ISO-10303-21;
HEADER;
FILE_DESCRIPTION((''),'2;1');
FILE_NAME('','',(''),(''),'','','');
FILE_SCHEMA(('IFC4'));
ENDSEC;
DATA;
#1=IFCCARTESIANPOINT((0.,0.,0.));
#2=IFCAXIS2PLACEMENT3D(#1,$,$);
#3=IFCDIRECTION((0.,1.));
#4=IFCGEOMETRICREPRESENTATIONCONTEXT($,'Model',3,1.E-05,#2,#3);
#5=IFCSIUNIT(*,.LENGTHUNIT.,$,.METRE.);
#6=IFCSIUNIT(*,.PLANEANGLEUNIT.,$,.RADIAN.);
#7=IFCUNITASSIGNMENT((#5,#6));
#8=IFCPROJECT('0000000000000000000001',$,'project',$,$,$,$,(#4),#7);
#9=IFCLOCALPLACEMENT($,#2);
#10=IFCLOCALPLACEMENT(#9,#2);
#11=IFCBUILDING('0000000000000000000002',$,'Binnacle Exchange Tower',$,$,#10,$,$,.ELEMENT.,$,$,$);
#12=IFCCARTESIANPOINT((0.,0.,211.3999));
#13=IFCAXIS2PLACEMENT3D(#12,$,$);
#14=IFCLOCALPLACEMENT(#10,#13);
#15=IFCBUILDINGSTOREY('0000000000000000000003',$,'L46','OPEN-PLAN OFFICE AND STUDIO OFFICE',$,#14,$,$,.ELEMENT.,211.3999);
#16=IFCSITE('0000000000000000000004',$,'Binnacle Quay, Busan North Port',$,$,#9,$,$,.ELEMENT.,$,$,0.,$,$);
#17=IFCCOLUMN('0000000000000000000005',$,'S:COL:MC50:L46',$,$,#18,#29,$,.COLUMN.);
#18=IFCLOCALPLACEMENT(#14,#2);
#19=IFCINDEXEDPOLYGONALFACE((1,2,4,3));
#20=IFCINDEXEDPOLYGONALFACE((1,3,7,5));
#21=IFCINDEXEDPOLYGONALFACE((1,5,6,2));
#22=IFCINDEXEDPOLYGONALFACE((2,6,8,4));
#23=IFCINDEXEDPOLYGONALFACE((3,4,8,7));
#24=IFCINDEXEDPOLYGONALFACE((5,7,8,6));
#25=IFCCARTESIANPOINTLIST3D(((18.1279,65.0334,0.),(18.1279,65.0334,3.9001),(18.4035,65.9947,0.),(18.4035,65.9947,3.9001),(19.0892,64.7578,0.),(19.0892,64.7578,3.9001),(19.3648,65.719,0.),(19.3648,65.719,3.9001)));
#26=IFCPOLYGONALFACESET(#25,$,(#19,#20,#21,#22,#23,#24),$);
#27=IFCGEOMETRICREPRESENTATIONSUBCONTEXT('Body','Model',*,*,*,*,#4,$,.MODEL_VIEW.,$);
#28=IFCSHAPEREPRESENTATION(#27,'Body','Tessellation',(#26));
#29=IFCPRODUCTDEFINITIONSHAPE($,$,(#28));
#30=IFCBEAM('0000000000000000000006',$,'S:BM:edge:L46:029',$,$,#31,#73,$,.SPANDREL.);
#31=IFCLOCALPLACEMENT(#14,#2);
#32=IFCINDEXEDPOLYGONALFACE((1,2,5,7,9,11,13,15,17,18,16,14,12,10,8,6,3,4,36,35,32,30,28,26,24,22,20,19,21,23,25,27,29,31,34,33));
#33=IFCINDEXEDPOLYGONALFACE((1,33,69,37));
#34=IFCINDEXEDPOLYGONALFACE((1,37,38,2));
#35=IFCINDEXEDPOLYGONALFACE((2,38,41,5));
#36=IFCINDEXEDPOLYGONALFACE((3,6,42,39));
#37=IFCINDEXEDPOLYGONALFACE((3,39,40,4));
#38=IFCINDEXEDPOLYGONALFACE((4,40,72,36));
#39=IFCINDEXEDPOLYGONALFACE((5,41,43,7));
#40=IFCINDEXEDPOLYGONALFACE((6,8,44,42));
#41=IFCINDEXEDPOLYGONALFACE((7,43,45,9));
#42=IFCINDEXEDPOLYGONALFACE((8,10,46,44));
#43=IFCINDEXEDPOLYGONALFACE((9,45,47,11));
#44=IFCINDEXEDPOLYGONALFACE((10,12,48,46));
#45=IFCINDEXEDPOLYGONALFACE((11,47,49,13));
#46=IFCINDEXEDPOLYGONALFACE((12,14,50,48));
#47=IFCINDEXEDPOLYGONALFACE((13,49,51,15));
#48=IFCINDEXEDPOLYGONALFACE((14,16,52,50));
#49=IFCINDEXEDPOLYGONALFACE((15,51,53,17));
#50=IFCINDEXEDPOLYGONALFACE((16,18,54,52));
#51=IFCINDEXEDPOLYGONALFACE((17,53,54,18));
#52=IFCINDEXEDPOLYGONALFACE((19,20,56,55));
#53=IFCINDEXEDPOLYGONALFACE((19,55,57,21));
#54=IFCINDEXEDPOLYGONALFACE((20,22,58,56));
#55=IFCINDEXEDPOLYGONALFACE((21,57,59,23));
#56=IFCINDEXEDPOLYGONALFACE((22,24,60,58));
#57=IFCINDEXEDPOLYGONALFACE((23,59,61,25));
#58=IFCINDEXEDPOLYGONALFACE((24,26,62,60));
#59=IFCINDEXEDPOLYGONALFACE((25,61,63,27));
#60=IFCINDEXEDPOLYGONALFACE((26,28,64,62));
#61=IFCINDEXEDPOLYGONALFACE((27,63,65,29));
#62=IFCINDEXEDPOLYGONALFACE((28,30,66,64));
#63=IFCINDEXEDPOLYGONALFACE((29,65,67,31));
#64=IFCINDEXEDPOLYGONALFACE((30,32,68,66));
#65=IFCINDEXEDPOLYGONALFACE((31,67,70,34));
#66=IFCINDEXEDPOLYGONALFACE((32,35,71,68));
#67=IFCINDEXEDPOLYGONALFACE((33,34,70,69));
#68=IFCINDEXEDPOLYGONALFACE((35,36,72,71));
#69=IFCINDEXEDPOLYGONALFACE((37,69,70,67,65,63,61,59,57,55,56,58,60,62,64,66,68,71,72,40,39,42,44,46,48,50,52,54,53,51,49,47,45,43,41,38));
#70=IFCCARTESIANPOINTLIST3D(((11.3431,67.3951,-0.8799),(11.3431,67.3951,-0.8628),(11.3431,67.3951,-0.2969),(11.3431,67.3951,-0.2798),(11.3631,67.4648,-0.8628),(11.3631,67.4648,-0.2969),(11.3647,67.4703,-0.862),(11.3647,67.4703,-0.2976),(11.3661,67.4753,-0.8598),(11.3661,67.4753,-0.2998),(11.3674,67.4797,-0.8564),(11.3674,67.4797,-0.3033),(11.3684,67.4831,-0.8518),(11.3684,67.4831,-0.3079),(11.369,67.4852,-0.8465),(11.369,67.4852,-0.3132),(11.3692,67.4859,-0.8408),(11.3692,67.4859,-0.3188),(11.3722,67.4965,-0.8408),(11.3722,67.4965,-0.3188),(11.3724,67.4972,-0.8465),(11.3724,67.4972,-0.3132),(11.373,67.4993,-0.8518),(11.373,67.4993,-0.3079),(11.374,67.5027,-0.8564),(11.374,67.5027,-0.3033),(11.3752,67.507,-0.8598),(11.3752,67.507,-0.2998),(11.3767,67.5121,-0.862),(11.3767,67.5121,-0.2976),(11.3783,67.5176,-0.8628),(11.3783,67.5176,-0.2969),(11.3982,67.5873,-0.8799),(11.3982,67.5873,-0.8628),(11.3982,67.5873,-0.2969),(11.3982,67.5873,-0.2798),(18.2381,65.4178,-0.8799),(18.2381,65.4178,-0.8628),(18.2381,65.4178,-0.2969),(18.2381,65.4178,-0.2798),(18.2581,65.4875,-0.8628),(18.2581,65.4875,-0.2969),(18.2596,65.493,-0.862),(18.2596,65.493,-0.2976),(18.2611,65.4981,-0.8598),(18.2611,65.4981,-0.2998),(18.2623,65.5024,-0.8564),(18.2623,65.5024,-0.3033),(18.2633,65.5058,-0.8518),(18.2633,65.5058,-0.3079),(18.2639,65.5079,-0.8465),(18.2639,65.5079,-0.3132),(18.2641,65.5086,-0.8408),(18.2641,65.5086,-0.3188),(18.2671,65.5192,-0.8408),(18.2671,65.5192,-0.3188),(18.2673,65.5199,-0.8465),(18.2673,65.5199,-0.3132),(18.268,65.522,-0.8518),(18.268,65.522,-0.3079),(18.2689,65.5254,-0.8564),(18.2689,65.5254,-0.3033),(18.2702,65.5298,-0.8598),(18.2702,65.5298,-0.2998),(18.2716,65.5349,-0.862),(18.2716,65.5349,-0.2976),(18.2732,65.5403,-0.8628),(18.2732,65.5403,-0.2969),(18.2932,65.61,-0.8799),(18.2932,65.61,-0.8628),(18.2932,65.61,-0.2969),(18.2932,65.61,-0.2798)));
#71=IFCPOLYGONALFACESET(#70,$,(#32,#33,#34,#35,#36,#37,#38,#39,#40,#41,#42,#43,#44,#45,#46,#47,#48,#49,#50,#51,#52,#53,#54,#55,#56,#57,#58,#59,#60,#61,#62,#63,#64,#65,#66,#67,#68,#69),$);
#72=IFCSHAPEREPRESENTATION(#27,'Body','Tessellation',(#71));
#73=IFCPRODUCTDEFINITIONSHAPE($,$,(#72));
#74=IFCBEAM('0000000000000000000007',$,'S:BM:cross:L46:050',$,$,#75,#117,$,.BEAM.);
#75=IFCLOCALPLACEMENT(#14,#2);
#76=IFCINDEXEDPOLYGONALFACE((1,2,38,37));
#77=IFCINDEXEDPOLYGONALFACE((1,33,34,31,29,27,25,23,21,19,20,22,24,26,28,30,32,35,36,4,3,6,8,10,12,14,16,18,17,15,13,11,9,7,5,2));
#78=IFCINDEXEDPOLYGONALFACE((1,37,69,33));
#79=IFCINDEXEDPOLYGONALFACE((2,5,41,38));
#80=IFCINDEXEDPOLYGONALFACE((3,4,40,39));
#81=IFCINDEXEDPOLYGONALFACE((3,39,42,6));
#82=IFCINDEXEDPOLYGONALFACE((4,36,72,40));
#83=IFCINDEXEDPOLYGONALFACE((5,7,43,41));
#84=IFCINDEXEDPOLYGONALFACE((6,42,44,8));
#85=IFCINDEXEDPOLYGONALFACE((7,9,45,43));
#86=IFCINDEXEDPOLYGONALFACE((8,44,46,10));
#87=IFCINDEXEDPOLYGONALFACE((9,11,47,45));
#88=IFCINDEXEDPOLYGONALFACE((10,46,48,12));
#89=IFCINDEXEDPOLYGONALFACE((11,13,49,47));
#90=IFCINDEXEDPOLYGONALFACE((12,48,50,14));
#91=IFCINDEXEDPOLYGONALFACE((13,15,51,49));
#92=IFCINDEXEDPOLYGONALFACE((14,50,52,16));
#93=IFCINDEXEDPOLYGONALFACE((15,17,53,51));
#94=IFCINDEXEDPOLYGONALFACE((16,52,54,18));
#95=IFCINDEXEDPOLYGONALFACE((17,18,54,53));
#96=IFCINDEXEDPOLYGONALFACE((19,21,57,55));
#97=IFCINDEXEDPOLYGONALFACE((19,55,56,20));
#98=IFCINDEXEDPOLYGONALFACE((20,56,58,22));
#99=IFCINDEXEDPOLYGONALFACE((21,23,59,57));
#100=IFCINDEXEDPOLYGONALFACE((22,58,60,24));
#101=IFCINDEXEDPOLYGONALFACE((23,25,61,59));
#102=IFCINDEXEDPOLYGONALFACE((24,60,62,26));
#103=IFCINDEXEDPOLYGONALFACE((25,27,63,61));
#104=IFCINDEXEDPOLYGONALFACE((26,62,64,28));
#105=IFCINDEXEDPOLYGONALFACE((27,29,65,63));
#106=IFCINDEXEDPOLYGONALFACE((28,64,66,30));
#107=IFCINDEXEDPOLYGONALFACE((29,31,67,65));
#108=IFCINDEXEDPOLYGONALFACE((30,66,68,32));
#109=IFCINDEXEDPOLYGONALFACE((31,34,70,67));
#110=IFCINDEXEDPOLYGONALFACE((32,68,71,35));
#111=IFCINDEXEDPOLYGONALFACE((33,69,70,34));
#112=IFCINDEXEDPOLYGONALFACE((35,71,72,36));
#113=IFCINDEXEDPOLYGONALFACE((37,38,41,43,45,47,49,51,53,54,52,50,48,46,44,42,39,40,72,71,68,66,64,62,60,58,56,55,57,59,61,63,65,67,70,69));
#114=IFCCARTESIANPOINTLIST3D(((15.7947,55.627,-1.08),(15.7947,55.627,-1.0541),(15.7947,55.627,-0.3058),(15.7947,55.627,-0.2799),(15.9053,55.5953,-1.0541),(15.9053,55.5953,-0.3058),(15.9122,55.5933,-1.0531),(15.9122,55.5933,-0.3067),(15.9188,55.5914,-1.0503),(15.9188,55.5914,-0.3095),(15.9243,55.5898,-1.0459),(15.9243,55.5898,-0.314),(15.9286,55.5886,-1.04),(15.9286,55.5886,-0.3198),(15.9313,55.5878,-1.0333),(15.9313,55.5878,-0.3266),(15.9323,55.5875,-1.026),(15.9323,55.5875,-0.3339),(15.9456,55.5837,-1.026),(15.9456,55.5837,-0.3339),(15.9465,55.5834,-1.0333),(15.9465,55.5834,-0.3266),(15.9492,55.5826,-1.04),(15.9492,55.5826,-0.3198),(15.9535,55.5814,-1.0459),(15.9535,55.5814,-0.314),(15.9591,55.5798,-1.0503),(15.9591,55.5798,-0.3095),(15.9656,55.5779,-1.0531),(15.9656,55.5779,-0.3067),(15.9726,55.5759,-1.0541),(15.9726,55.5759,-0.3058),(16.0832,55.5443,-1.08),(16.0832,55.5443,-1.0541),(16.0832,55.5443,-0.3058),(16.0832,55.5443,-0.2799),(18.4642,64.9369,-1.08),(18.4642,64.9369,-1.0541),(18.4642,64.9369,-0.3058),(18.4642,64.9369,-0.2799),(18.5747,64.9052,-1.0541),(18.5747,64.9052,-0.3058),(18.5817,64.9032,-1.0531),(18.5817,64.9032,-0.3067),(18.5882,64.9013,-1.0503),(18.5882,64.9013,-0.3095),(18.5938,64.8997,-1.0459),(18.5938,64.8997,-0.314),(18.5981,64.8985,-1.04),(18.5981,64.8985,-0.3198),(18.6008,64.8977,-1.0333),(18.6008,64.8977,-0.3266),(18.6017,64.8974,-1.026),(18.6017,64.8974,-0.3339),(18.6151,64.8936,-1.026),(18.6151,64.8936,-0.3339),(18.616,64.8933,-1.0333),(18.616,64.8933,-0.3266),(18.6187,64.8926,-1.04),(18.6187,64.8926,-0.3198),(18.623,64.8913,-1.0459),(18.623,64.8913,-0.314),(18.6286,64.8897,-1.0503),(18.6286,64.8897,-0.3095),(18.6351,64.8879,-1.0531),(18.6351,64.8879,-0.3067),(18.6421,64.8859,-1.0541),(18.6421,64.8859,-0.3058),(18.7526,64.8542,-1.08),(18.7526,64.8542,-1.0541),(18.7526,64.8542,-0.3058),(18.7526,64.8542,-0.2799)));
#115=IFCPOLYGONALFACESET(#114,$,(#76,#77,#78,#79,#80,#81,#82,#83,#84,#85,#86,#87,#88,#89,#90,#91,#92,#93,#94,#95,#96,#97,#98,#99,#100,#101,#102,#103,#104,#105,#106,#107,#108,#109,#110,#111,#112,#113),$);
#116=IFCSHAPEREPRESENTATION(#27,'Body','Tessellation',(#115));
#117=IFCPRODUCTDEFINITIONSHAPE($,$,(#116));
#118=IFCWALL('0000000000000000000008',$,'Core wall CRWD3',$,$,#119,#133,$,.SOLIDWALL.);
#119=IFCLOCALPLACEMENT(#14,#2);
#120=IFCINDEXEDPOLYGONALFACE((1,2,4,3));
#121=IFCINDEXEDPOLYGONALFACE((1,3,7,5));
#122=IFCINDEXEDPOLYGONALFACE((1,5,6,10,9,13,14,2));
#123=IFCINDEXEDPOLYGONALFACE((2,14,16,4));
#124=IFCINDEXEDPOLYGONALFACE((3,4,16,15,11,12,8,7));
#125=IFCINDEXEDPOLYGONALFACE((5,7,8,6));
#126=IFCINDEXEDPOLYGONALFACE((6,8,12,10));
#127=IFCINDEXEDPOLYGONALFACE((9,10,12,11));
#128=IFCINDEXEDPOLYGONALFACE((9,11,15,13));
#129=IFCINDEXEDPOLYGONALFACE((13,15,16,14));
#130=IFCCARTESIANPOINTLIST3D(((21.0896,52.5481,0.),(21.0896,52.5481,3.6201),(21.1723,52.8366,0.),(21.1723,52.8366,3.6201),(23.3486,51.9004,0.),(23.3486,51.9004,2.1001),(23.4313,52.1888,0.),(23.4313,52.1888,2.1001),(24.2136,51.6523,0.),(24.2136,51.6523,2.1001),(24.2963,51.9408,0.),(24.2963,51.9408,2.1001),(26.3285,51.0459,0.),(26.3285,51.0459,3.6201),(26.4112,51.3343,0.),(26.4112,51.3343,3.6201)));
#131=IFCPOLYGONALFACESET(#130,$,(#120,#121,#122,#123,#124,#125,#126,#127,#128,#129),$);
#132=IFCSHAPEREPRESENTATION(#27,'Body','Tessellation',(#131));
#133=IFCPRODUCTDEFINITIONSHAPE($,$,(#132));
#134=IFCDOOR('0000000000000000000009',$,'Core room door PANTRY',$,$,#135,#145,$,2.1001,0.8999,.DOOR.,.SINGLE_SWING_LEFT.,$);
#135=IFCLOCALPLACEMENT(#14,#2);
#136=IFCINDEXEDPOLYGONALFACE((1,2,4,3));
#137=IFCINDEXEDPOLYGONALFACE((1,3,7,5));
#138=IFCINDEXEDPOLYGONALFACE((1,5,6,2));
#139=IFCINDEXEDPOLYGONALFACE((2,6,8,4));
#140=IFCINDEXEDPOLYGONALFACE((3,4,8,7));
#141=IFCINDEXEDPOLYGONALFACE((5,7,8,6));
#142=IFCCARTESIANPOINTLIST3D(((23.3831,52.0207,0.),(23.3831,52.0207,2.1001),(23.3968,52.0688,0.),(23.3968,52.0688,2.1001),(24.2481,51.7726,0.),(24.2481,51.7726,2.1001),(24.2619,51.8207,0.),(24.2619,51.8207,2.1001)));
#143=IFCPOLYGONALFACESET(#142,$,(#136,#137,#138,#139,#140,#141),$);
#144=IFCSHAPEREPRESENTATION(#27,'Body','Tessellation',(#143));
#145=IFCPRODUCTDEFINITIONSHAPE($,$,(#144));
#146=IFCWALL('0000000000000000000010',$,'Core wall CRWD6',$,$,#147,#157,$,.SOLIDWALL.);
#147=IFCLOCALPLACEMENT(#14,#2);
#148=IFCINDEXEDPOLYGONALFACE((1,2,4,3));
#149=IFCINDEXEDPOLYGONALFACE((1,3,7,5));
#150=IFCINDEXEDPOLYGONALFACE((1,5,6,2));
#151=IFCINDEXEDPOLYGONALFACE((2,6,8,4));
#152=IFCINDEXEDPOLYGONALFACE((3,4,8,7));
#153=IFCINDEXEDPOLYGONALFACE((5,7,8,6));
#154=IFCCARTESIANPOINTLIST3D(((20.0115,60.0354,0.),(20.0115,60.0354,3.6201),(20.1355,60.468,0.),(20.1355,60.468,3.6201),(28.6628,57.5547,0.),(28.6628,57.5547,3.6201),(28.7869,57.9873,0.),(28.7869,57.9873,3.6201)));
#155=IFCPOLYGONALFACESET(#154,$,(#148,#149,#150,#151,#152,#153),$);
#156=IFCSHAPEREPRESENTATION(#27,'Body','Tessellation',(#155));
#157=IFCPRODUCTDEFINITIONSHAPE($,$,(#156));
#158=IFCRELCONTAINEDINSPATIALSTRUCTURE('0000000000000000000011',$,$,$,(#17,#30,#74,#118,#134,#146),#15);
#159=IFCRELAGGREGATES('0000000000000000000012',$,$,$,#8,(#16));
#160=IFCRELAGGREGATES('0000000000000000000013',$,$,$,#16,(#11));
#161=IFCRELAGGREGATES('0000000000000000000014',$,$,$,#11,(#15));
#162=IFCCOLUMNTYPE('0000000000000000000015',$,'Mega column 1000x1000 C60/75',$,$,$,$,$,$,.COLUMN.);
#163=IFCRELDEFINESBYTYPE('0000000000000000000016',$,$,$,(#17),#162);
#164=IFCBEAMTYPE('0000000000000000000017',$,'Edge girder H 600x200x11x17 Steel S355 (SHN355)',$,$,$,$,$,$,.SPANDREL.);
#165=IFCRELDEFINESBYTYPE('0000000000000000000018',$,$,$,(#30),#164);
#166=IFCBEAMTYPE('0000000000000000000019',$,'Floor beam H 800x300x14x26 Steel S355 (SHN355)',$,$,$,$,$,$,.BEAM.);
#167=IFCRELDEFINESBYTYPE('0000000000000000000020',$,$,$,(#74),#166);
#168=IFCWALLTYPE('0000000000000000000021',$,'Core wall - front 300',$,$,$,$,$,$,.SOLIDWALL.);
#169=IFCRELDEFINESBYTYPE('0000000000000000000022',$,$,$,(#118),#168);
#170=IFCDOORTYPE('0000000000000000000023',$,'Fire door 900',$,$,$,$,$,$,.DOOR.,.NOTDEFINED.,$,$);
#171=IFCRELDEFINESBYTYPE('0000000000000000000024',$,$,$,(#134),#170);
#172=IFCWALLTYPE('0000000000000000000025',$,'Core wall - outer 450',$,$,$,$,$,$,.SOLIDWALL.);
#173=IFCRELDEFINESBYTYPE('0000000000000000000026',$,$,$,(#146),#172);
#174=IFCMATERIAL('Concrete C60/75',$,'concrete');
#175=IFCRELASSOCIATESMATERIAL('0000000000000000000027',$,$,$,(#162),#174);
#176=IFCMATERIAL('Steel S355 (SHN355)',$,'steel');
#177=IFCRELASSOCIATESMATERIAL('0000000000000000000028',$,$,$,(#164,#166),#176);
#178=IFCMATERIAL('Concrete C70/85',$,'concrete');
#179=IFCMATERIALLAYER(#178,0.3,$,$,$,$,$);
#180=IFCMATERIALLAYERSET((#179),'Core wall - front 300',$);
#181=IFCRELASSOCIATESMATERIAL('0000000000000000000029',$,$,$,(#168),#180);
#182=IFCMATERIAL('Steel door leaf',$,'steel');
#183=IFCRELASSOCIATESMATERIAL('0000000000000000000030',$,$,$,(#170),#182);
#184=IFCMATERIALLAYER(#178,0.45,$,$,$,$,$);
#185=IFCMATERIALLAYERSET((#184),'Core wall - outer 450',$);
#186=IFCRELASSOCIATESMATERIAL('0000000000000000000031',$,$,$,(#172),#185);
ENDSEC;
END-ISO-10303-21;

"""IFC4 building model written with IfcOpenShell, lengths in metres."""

from ifc_helpers import new_model, si_unit, direction, frame, frame_2d, origin, origin_2d, place, context, subcontext, project, spatial, rectangle, i_section, extrude, material, layer, layer_set, material_profile, profile_set, type_object, element, fill, save


model = new_model("IFC4")

# Units and contexts
model_context = context("Model", 3, precision=1e-05, world=origin(), true_north=direction((0.0, 1.0)))
body_context = subcontext(model_context, "Body", "Model", "MODEL_VIEW")
ifc_project = project(units=[si_unit("LENGTHUNIT", "METRE"), si_unit("PLANEANGLEUNIT", "RADIAN")], contexts=[model_context])

# Site, building, storey
site_placement = place(None, origin())
site = spatial("IfcSite", under=ifc_project, at=site_placement, Name="Binnacle Quay, Busan North Port", CompositionType="ELEMENT", RefElevation=0.0)
building_placement = place(site_placement, origin())
building = spatial("IfcBuilding", under=site, at=building_placement, Name="Binnacle Exchange Tower", CompositionType="ELEMENT")
storey_placement = place(building_placement, frame((0.0, 0.0, 211.3999)))
storey = spatial("IfcBuildingStorey", under=building, at=storey_placement, Name="L46", Description="OPEN-PLAN OFFICE AND STUDIO OFFICE", CompositionType="ELEMENT", Elevation=211.3999)

# Column
ifc_material_1 = material(Name="Concrete C60/75", Category="concrete")
ifc_material_profile_1 = material_profile(ifc_material_1, rectangle(XDim=1.0, YDim=1.0, at=origin_2d()), Name="Mega column 1000x1000 C60/75")
ifc_profile_set_1 = profile_set([ifc_material_profile_1], Name="Concrete C60/75")
column_type = type_object("IfcColumnType", Name="Mega column 1000x1000 C60/75", PredefinedType="COLUMN", material=ifc_profile_set_1)
column_placement = place(storey_placement, frame((18.7463, 65.3762, 0.0), z_axis=(0.0, 0.0, 1.0), x_axis=(-0.961262, 0.275637, 0.0)))
element("IfcColumn", 1, at=column_placement, inside=storey, type_object=column_type, Name="S:COL:MC50:L46", PredefinedType="COLUMN", context=body_context, shape_type="SweptSolid", body=[
    extrude(rectangle(XDim=1.0, YDim=1.0, at=origin_2d()), origin(), (0.0, 0.0, 1.0), 3.9001),
])

# Beams
ifc_material_2 = material(Name="Steel S355 (SHN355)", Category="steel")
ifc_material_profile_2 = material_profile(ifc_material_2, i_section(OverallWidth=0.2, OverallDepth=0.6001, WebThickness=0.011, FlangeThickness=0.0171, FilletRadius=0.022, at=origin_2d()), Name="H 600x200x11x17")
ifc_profile_set_2 = profile_set([ifc_material_profile_2], Name="Steel S355 (SHN355)")
beam_type_1 = type_object("IfcBeamType", Name="Edge girder H 600x200x11x17 Steel S355 (SHN355)", PredefinedType="SPANDREL", material=ifc_profile_set_2)
beam_1_placement = place(storey_placement, frame((18.2656, 65.5139, -0.5798), z_axis=(-0.961255, 0.275661, 0.0), x_axis=(-0.275661, -0.961255, 0.0)))
element("IfcBeam", 2, at=beam_1_placement, inside=storey, type_object=beam_type_1, Name="S:BM:edge:L46:029", PredefinedType="SPANDREL", context=body_context, shape_type="SweptSolid", body=[
    extrude(i_section(OverallWidth=0.2, OverallDepth=0.6001, WebThickness=0.011, FlangeThickness=0.0171, FilletRadius=0.022, at=origin_2d()), origin(), (0.0, 0.0, 1.0), 7.1729),
])
ifc_material_profile_3 = material_profile(ifc_material_2, i_section(OverallWidth=0.3, OverallDepth=0.8, WebThickness=0.0139, FlangeThickness=0.0259, FilletRadius=0.0281, at=origin_2d()), Name="H 800x300x14x26")
ifc_profile_set_3 = profile_set([ifc_material_profile_3], Name="Steel S355 (SHN355)")
beam_type_2 = type_object("IfcBeamType", Name="Floor beam H 800x300x14x26 Steel S355 (SHN355)", PredefinedType="BEAM", material=ifc_profile_set_3)
beam_2_placement = place(storey_placement, frame((18.6084, 64.8955, -0.6799), z_axis=(-0.275627, -0.961265, 0.0), x_axis=(0.961265, -0.275627, 0.0)))
element("IfcBeam", 3, at=beam_2_placement, inside=storey, type_object=beam_type_2, Name="S:BM:cross:L46:050", PredefinedType="BEAM", context=body_context, shape_type="SweptSolid", body=[
    extrude(i_section(OverallWidth=0.3, OverallDepth=0.8, WebThickness=0.0139, FlangeThickness=0.0259, FilletRadius=0.0281, at=origin_2d()), origin(), (0.0, 0.0, 1.0), 9.6851),
])

# Wall, opening, door
ifc_material_3 = material(Name="Concrete C70/85", Category="concrete")
ifc_layer_1 = layer(ifc_material_3, 0.3)
ifc_layer_set_1 = layer_set([ifc_layer_1], Name="Core wall - front 300")
wall_type_1 = type_object("IfcWallType", Name="Core wall - front 300", PredefinedType="SOLIDWALL", material=ifc_layer_set_1)
wall_1_placement = place(storey_placement, frame((21.1309, 52.6924, 0.0), z_axis=(0.0, 0.0, 1.0), x_axis=(0.961261, -0.275638, 0.0)))
wall_1 = element("IfcWall", 4, at=wall_1_placement, inside=storey, type_object=wall_type_1, Name="Core wall CRWD3", PredefinedType="SOLIDWALL", context=body_context, shape_type="SweptSolid", body=[
    extrude(rectangle(XDim=5.45, YDim=0.3, at=frame_2d((2.7251, 0.0))), origin(), (0.0, 0.0, 1.0), 3.6201),
])
opening_1_placement = place(wall_1_placement, frame((2.3501, 0.0, 0.0)))
opening_1 = element("IfcOpeningElement", 5, at=opening_1_placement, cuts=wall_1, PredefinedType="OPENING", context=body_context, shape_type="SweptSolid", body=[
    extrude(rectangle(XDim=0.8999, YDim=2.1001, at=frame_2d((0.45, 1.05))), frame((0.0, 0.1599, 0.0), z_axis=(0.0, -1.0, 0.0), x_axis=(1.0, 0.0, 0.0)), (0.0, 0.0, 1.0), 0.3201),
])
ifc_material_4 = material(Name="Steel door leaf", Category="steel")
door_type_1 = type_object("IfcDoorType", Name="Fire door 900", OperationType="NOTDEFINED", PredefinedType="DOOR", material=ifc_material_4)
door_1_placement = place(opening_1_placement, frame((0.8999, 0.0, 0.0), z_axis=(0.0, 0.0, 1.0), x_axis=(-1.0, 0.0, 0.0)))
door_1 = element("IfcDoor", 6, at=door_1_placement, inside=storey, type_object=door_type_1, Name="Core room door PANTRY", OperationType="SINGLE_SWING_LEFT", OverallHeight=2.1001, OverallWidth=0.8999, PredefinedType="DOOR", context=body_context, shape_type="SweptSolid", body=[
    extrude(rectangle(XDim=0.8999, YDim=2.1001, at=frame_2d((0.45, 1.05))), frame((0.0, 0.0249, 0.0), z_axis=(0.0, -1.0, 0.0), x_axis=(1.0, 0.0, 0.0)), (0.0, 0.0, 1.0), 0.05),
])
fill(opening_1, door_1)

# Wall
ifc_layer_2 = layer(ifc_material_3, 0.45)
ifc_layer_set_2 = layer_set([ifc_layer_2], Name="Core wall - outer 450")
wall_type_2 = type_object("IfcWallType", Name="Core wall - outer 450", PredefinedType="SOLIDWALL", material=ifc_layer_set_2)
wall_2_placement = place(storey_placement, frame((20.0735, 60.2517, 0.0), z_axis=(0.0, 0.0, 1.0), x_axis=(0.961262, -0.275635, 0.0)))
element("IfcWall", 7, at=wall_2_placement, inside=storey, type_object=wall_type_2, Name="Core wall CRWD6", PredefinedType="SOLIDWALL", context=body_context, shape_type="SweptSolid", body=[
    extrude(rectangle(XDim=9.0, YDim=0.45, at=frame_2d((4.5, 0.0))), origin(), (0.0, 0.0, 1.0), 3.6201),
])

save(model, "model.ifc")
